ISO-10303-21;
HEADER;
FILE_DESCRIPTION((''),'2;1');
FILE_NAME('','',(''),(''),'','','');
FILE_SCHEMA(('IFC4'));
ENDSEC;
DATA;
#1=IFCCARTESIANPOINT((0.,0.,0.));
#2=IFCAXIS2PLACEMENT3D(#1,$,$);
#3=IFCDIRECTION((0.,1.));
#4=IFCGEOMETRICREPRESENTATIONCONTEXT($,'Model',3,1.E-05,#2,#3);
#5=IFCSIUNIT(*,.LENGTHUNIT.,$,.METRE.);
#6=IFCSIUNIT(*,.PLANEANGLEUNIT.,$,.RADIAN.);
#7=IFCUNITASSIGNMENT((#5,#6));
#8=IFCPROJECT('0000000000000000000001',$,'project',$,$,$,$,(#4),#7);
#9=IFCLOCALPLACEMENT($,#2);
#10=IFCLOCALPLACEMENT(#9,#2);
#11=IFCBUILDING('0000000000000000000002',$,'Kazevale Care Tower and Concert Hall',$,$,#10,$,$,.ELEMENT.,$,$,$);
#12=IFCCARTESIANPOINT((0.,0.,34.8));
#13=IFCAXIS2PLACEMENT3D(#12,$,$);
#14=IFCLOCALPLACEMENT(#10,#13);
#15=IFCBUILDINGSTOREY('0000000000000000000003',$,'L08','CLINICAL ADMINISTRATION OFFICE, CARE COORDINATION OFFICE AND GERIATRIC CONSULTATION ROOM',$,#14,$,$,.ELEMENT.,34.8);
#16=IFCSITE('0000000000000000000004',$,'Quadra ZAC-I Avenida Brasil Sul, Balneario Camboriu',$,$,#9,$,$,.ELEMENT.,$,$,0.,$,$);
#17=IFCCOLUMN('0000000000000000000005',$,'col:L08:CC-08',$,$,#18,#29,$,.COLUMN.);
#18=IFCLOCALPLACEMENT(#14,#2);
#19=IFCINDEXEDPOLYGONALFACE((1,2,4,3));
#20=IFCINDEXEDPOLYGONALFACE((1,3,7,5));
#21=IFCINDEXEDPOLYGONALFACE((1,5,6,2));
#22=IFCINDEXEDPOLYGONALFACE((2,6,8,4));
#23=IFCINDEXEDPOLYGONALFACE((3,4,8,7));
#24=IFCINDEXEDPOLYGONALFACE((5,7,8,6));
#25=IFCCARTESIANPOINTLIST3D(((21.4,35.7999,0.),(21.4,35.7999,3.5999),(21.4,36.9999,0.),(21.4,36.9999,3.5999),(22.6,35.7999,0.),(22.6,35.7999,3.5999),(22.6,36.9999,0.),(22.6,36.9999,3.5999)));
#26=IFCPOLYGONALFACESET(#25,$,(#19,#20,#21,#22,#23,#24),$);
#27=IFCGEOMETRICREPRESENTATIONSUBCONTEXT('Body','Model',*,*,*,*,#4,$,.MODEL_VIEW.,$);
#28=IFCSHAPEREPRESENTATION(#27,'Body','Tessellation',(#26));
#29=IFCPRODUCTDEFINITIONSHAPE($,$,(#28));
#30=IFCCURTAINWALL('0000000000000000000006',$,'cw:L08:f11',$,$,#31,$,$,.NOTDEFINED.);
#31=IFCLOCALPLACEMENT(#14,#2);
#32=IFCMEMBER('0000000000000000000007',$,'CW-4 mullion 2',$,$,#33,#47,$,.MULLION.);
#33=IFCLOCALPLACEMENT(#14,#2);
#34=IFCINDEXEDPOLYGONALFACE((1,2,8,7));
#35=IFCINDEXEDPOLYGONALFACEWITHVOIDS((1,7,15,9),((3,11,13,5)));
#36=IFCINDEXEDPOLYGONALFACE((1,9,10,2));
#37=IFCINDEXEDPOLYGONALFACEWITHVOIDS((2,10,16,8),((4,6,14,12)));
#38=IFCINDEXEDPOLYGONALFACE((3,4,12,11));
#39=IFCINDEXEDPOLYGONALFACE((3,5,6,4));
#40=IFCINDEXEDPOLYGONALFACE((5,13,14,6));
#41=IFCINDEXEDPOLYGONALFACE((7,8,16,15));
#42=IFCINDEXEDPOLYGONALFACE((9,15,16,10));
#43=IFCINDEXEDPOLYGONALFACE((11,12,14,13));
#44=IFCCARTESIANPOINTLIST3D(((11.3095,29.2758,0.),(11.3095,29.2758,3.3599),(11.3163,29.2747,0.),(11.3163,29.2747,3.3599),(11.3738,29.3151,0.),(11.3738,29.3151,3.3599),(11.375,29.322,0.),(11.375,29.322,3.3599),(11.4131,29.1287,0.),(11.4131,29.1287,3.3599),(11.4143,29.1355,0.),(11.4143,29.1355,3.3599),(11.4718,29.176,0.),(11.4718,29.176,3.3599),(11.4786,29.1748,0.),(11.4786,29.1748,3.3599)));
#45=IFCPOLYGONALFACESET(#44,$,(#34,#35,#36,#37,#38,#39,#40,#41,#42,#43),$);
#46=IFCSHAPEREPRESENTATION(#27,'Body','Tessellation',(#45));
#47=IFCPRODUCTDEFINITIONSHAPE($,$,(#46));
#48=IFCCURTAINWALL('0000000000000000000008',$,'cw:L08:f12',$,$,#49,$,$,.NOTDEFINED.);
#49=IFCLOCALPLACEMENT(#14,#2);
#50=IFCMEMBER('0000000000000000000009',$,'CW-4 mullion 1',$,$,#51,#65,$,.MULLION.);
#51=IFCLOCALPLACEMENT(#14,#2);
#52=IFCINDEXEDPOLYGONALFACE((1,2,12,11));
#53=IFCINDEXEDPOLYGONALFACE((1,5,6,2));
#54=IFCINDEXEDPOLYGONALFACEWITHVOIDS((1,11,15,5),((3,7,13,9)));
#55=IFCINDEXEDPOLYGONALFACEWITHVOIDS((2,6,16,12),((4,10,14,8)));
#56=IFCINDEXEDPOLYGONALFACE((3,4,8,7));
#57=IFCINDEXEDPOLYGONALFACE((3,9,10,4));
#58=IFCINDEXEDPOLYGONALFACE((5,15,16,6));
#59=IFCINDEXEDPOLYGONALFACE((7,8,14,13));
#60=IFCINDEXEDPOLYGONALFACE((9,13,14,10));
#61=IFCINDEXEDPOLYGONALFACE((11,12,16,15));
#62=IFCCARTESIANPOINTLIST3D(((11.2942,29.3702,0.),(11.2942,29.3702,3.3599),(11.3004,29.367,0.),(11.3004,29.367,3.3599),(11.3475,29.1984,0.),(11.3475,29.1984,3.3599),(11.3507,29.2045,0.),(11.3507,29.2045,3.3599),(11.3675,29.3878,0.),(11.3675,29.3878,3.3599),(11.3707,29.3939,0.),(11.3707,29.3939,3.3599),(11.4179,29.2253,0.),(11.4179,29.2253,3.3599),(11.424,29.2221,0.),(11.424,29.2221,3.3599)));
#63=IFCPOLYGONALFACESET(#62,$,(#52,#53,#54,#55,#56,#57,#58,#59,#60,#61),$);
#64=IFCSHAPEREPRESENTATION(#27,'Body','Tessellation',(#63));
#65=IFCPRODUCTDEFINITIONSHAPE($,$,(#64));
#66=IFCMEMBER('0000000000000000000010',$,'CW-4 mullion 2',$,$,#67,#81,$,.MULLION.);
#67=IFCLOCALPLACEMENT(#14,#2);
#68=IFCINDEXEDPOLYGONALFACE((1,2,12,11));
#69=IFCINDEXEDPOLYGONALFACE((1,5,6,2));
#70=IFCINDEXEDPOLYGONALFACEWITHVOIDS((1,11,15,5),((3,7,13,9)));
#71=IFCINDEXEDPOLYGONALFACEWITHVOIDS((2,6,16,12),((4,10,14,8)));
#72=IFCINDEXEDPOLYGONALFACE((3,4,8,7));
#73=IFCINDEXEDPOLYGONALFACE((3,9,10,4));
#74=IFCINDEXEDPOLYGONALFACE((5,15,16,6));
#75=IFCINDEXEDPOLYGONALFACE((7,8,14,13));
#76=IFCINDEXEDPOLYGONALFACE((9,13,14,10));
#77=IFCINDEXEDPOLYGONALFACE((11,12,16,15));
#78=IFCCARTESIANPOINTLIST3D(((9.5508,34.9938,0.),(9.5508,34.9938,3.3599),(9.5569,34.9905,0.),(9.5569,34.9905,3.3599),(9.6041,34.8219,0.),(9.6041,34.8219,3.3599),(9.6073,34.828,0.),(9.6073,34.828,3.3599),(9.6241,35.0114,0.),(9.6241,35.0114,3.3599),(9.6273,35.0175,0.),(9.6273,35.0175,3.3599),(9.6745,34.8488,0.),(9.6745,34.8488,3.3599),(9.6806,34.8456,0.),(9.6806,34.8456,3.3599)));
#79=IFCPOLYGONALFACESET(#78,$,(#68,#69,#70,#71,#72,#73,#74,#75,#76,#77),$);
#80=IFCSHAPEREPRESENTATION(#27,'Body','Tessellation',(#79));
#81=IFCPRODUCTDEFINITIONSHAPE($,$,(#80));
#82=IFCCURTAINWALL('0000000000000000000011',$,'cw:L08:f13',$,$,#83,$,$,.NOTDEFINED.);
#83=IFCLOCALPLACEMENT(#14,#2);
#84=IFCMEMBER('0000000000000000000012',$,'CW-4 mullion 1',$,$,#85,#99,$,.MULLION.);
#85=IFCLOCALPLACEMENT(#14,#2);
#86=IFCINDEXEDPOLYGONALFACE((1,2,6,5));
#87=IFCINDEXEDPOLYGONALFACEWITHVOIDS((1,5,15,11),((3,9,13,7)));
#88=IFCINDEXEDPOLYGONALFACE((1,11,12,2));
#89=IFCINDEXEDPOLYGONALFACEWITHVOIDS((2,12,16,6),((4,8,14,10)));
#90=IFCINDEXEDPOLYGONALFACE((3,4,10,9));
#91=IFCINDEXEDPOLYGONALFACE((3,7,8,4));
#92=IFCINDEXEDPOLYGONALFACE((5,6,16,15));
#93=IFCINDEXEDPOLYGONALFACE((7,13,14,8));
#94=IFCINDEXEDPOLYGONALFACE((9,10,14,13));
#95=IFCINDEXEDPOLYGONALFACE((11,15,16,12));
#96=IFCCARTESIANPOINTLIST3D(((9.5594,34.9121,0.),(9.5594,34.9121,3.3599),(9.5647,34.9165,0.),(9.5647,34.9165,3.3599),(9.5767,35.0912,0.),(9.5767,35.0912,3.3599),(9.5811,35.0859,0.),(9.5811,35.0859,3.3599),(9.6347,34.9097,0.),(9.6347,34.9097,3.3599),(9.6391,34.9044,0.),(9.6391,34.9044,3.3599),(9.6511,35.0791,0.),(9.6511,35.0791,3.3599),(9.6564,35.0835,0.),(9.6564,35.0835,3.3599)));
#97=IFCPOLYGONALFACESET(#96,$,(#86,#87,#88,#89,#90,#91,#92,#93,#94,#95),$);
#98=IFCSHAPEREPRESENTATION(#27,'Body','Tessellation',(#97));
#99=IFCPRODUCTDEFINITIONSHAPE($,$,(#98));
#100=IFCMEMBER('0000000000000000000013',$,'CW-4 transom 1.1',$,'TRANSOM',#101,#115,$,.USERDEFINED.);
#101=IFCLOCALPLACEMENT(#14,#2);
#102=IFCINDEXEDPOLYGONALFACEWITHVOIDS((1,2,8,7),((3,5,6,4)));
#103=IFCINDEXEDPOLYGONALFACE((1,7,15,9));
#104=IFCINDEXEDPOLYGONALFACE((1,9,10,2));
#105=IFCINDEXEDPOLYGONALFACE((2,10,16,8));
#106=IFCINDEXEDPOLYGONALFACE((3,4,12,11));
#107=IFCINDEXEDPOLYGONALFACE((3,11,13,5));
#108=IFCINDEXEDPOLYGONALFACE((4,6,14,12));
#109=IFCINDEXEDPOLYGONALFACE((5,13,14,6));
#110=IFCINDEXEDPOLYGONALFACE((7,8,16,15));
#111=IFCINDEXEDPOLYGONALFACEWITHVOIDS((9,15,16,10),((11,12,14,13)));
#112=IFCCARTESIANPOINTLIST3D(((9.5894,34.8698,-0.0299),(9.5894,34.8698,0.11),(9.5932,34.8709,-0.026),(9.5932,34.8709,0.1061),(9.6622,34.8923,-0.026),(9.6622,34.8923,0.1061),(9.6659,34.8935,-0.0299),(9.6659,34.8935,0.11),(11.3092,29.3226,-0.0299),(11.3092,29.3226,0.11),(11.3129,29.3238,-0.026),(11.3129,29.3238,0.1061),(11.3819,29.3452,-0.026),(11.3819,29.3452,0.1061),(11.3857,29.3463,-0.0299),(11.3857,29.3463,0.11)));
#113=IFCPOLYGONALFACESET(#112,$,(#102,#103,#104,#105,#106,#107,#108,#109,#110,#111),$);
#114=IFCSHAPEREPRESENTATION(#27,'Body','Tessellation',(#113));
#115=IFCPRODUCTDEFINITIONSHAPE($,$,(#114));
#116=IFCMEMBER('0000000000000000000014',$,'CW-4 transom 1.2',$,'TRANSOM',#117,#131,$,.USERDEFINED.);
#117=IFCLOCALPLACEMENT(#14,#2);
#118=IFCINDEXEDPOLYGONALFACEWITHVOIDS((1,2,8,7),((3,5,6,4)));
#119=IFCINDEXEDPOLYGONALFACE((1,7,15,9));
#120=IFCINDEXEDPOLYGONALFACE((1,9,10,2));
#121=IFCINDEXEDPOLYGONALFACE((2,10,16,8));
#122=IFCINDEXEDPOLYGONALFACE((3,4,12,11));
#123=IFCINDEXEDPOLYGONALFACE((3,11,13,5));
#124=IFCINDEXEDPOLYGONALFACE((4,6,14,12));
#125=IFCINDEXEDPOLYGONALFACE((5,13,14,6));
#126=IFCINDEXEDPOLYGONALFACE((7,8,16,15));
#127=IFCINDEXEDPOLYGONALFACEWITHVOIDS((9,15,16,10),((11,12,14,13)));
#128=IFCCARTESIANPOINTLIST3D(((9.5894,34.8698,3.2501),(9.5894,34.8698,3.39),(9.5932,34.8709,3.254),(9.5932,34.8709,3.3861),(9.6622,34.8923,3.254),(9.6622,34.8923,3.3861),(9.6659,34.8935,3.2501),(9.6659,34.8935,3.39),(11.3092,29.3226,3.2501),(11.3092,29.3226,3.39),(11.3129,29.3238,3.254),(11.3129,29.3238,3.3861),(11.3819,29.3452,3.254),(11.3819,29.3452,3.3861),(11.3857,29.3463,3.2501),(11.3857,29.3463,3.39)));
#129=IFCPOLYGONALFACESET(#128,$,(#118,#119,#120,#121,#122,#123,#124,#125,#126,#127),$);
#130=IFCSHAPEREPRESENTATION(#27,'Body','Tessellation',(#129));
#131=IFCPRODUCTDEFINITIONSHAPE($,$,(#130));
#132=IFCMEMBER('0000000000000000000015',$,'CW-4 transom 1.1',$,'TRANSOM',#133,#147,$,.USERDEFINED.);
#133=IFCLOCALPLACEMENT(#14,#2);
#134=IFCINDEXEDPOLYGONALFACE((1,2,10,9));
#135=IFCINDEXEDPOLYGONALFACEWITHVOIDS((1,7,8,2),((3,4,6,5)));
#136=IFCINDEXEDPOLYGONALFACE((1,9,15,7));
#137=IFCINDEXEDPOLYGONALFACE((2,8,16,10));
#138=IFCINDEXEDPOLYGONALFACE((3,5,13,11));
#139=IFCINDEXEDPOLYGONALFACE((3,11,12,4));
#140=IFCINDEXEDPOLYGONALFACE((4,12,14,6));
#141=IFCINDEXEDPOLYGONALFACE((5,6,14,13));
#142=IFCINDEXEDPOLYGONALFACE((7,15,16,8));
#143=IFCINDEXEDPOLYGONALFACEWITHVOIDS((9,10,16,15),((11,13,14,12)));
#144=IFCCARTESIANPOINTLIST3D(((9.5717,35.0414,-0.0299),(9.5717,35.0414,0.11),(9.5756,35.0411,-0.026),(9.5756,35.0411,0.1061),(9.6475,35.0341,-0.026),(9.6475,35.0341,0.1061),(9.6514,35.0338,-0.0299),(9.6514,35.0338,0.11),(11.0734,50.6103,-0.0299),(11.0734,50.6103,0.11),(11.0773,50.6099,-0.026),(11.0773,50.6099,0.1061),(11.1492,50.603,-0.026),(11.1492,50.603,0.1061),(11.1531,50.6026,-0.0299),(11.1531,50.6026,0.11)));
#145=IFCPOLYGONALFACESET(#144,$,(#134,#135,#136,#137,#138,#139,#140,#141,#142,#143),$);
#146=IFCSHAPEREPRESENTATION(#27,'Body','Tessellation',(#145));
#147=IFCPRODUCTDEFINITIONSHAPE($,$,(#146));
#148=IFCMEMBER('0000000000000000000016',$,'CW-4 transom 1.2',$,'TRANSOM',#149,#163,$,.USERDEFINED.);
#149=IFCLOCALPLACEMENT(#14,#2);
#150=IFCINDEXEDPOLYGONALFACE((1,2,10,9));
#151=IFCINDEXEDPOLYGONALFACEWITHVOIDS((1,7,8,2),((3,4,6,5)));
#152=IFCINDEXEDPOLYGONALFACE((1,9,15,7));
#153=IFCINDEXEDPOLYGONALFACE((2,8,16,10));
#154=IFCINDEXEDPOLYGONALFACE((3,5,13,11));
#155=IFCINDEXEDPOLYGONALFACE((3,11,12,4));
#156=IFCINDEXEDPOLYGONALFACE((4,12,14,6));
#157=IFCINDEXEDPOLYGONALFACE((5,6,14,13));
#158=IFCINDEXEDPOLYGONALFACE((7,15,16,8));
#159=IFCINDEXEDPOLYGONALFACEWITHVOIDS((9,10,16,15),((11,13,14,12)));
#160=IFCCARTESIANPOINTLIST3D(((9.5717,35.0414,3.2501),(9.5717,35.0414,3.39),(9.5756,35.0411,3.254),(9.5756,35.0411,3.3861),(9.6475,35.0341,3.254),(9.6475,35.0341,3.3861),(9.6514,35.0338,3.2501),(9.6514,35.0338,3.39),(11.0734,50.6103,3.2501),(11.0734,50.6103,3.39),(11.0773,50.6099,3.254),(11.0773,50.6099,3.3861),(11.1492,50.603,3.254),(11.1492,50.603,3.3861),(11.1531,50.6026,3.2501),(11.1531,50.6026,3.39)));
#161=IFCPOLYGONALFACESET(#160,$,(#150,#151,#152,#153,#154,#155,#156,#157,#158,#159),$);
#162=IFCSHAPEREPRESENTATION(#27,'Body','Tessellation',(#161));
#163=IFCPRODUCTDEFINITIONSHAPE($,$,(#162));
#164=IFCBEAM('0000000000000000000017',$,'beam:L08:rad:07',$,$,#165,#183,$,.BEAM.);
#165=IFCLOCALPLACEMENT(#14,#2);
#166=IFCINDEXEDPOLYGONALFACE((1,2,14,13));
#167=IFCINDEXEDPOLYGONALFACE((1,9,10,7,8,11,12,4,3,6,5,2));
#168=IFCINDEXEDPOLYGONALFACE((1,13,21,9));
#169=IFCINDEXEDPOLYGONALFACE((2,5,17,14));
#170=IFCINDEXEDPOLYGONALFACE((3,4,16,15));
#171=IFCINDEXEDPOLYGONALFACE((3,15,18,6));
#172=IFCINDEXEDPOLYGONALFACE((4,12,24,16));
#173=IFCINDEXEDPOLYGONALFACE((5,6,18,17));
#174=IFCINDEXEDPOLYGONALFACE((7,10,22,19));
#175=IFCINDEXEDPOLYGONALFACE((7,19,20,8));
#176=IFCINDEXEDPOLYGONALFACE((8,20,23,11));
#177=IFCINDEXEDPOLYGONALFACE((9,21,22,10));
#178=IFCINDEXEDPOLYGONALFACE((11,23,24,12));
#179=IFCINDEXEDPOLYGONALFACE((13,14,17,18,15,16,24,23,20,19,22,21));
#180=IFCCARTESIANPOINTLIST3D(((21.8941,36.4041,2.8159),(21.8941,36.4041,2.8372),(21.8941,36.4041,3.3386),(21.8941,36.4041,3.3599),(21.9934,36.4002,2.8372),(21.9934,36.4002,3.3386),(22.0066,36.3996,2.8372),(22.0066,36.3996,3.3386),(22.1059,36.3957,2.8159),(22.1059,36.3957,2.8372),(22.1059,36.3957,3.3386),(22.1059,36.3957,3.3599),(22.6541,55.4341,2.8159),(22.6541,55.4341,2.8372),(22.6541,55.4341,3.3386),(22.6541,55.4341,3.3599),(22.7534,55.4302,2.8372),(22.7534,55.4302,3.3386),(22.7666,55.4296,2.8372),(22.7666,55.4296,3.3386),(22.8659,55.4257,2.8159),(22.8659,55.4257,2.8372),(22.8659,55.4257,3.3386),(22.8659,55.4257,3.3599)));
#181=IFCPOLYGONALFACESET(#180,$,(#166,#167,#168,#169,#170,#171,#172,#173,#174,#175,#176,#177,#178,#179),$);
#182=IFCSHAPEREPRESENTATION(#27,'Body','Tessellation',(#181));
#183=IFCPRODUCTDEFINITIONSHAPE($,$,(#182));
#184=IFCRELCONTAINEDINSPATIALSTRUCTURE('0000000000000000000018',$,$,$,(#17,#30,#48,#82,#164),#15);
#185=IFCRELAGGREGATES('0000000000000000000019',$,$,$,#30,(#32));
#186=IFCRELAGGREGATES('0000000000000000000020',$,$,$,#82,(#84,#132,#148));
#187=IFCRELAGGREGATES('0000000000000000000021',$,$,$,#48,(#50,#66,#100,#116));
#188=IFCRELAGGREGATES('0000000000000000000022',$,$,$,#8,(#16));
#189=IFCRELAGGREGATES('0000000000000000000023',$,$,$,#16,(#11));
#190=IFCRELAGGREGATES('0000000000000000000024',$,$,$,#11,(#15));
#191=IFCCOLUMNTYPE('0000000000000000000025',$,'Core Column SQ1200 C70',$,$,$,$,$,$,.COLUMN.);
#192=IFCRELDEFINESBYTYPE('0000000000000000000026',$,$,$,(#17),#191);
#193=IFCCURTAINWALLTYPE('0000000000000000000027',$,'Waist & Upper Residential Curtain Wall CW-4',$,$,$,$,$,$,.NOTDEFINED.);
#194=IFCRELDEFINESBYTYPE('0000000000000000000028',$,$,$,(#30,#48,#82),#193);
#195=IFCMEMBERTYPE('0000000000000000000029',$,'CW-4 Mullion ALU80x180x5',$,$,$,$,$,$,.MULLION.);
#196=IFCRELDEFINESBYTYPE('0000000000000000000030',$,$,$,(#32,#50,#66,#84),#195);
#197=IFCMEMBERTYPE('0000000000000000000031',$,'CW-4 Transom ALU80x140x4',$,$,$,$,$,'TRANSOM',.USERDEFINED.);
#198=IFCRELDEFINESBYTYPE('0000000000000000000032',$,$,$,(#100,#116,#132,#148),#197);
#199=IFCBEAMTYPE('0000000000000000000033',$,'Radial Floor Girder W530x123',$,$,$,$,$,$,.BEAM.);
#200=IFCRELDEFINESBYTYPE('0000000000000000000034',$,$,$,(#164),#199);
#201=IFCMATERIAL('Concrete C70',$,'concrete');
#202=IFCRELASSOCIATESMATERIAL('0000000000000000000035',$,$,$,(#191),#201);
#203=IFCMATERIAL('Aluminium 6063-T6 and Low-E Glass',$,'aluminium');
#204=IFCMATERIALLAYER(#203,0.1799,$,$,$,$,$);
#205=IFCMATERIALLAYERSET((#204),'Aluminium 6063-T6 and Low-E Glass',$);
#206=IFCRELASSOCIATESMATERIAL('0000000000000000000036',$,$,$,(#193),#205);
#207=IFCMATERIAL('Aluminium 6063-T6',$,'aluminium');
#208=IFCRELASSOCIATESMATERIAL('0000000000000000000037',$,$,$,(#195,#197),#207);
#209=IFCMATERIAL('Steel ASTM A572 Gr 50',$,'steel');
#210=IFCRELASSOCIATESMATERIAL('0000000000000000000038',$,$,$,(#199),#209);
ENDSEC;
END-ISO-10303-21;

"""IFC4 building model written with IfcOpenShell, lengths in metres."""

from ifc_helpers import new_model, si_unit, direction, frame, origin, origin_2d, place, context, subcontext, project, spatial, rectangle, hollow_rectangle, i_section, extrude, material, layer, layer_set, material_profile, profile_set, type_object, element, aggregate, save


model = new_model("IFC4")

# Units and contexts
model_context = context("Model", 3, precision=1e-05, world=origin(), true_north=direction((0.0, 1.0)))
body_context = subcontext(model_context, "Body", "Model", "MODEL_VIEW")
ifc_project = project(units=[si_unit("LENGTHUNIT", "METRE"), si_unit("PLANEANGLEUNIT", "RADIAN")], contexts=[model_context])

# Site, building, storey
site_placement = place(None, origin())
site = spatial("IfcSite", under=ifc_project, at=site_placement, Name="Quadra ZAC-I Avenida Brasil Sul, Balneario Camboriu", CompositionType="ELEMENT", RefElevation=0.0)
building_placement = place(site_placement, origin())
building = spatial("IfcBuilding", under=site, at=building_placement, Name="Kazevale Care Tower and Concert Hall", CompositionType="ELEMENT")
storey_placement = place(building_placement, frame((0.0, 0.0, 34.8)))
storey = spatial("IfcBuildingStorey", under=building, at=storey_placement, Name="L08", Description="CLINICAL ADMINISTRATION OFFICE, CARE COORDINATION OFFICE AND GERIATRIC CONSULTATION ROOM", CompositionType="ELEMENT", Elevation=34.8)

# Column
ifc_material_1 = material(Name="Concrete C70", Category="concrete")
ifc_material_profile_1 = material_profile(ifc_material_1, rectangle(XDim=1.2, YDim=1.2, at=origin_2d()), Name="RC-SQ1200")
ifc_profile_set_1 = profile_set([ifc_material_profile_1], Name="Concrete C70")
column_type = type_object("IfcColumnType", Name="Core Column SQ1200 C70", PredefinedType="COLUMN", material=ifc_profile_set_1)
column_placement = place(storey_placement, frame((22.0, 36.3999, 0.0), z_axis=(0.0, 0.0, 1.0), x_axis=(1.0, 0.0, 0.0)))
element("IfcColumn", 1, at=column_placement, inside=storey, type_object=column_type, Name="col:L08:CC-08", PredefinedType="COLUMN", context=body_context, shape_type="SweptSolid", body=[
    extrude(rectangle(XDim=1.2, YDim=1.2, at=origin_2d()), origin(), (0.0, 0.0, 1.0), 3.5999),
])

# Curtain wall, member
ifc_material_2 = material(Name="Aluminium 6063-T6 and Low-E Glass", Category="aluminium")
ifc_layer_1 = layer(ifc_material_2, 0.1799)
ifc_layer_set_1 = layer_set([ifc_layer_1], Name="Aluminium 6063-T6 and Low-E Glass")
curtain_wall_type = type_object("IfcCurtainWallType", Name="Waist & Upper Residential Curtain Wall CW-4", PredefinedType="NOTDEFINED", material=ifc_layer_set_1)
curtain_wall_1_placement = place(storey_placement, origin())
curtain_wall_1 = element("IfcCurtainWall", 2, at=curtain_wall_1_placement, inside=storey, type_object=curtain_wall_type, Name="cw:L08:f11", PredefinedType="NOTDEFINED")
ifc_material_3 = material(Name="Aluminium 6063-T6", Category="aluminium")
ifc_material_profile_2 = material_profile(ifc_material_3, hollow_rectangle(XDim=0.0801, YDim=0.1799, WallThickness=0.0049, at=origin_2d()), Name="ALU80x180x5")
ifc_profile_set_2 = profile_set([ifc_material_profile_2], Name="Aluminium 6063-T6")
member_type_1 = type_object("IfcMemberType", Name="CW-4 Mullion ALU80x180x5", PredefinedType="MULLION", material=ifc_profile_set_2)
member_1_placement = place(storey_placement, frame((11.394, 29.2253, 0.0), z_axis=(0.0, 0.0, 1.0), x_axis=(-0.817565, -0.575837, 0.0)))
member_1 = element("IfcMember", 3, at=member_1_placement, type_object=member_type_1, Name="CW-4 mullion 2", PredefinedType="MULLION", context=body_context, shape_type="SweptSolid", body=[
    extrude(hollow_rectangle(XDim=0.0801, YDim=0.1799, WallThickness=0.0049, at=origin_2d()), origin(), (0.0, 0.0, 1.0), 3.3599),
])
aggregate(curtain_wall_1, [member_1])

# Curtain wall, members
curtain_wall_2_placement = place(storey_placement, origin())
curtain_wall_2 = element("IfcCurtainWall", 4, at=curtain_wall_2_placement, inside=storey, type_object=curtain_wall_type, Name="cw:L08:f12", PredefinedType="NOTDEFINED")
member_2_placement = place(storey_placement, frame((11.3591, 29.2961, 0.0), z_axis=(0.0, 0.0, 1.0), x_axis=(-0.955157, -0.296099, 0.0)))
member_2 = element("IfcMember", 5, at=member_2_placement, type_object=member_type_1, Name="CW-4 mullion 1", PredefinedType="MULLION", context=body_context, shape_type="SweptSolid", body=[
    extrude(hollow_rectangle(XDim=0.0801, YDim=0.1799, WallThickness=0.0049, at=origin_2d()), origin(), (0.0, 0.0, 1.0), 3.3599),
])
member_3_placement = place(storey_placement, frame((9.6157, 34.9197, 0.0), z_axis=(0.0, 0.0, 1.0), x_axis=(-0.955157, -0.296099, 0.0)))
member_3 = element("IfcMember", 6, at=member_3_placement, type_object=member_type_1, Name="CW-4 mullion 2", PredefinedType="MULLION", context=body_context, shape_type="SweptSolid", body=[
    extrude(hollow_rectangle(XDim=0.0801, YDim=0.1799, WallThickness=0.0049, at=origin_2d()), origin(), (0.0, 0.0, 1.0), 3.3599),
])

# Curtain wall, member
curtain_wall_3_placement = place(storey_placement, origin())
curtain_wall_3 = element("IfcCurtainWall", 7, at=curtain_wall_3_placement, inside=storey, type_object=curtain_wall_type, Name="cw:L08:f13", PredefinedType="NOTDEFINED")
member_4_placement = place(storey_placement, frame((9.6079, 34.9978, 0.0), z_axis=(0.0, 0.0, 1.0), x_axis=(-0.995381, 0.096007, 0.0)))
member_4 = element("IfcMember", 8, at=member_4_placement, type_object=member_type_1, Name="CW-4 mullion 1", PredefinedType="MULLION", context=body_context, shape_type="SweptSolid", body=[
    extrude(hollow_rectangle(XDim=0.0801, YDim=0.1799, WallThickness=0.0049, at=origin_2d()), origin(), (0.0, 0.0, 1.0), 3.3599),
])

# Members
ifc_material_profile_3 = material_profile(ifc_material_3, hollow_rectangle(XDim=0.0801, YDim=0.1399, WallThickness=0.0039, at=origin_2d()), Name="ALU80x140x4")
ifc_profile_set_3 = profile_set([ifc_material_profile_3], Name="Aluminium 6063-T6")
member_type_2 = type_object("IfcMemberType", Name="CW-4 Transom ALU80x140x4", ElementType="TRANSOM", PredefinedType="USERDEFINED", material=ifc_profile_set_3)
member_5_placement = place(storey_placement, frame((11.3474, 29.3345, 0.04), z_axis=(-0.296118, 0.955152, 0.0), x_axis=(-0.955152, -0.296118, 0.0)))
member_5 = element("IfcMember", 9, at=member_5_placement, type_object=member_type_2, Name="CW-4 transom 1.1", ObjectType="TRANSOM", PredefinedType="USERDEFINED", context=body_context, shape_type="SweptSolid", body=[
    extrude(hollow_rectangle(XDim=0.0801, YDim=0.1399, WallThickness=0.0039, at=origin_2d()), origin(), (0.0, 0.0, 1.0), 5.8076),
])
member_6_placement = place(storey_placement, frame((11.3474, 29.3345, 3.3201), z_axis=(-0.296118, 0.955152, 0.0), x_axis=(-0.955152, -0.296118, 0.0)))
member_6 = element("IfcMember", 10, at=member_6_placement, type_object=member_type_2, Name="CW-4 transom 1.2", ObjectType="TRANSOM", PredefinedType="USERDEFINED", context=body_context, shape_type="SweptSolid", body=[
    extrude(hollow_rectangle(XDim=0.0801, YDim=0.1399, WallThickness=0.0039, at=origin_2d()), origin(), (0.0, 0.0, 1.0), 5.8076),
])
member_7_placement = place(storey_placement, frame((9.6116, 35.0376, 0.04), z_axis=(0.09601, 0.99538, 0.0), x_axis=(-0.99538, 0.09601, 0.0)))
member_7 = element("IfcMember", 11, at=member_7_placement, type_object=member_type_2, Name="CW-4 transom 1.1", ObjectType="TRANSOM", PredefinedType="USERDEFINED", context=body_context, shape_type="SweptSolid", body=[
    extrude(hollow_rectangle(XDim=0.0801, YDim=0.1399, WallThickness=0.0039, at=origin_2d()), origin(), (0.0, 0.0, 1.0), 15.6411),
])
member_8_placement = place(storey_placement, frame((9.6116, 35.0376, 3.3201), z_axis=(0.09601, 0.99538, 0.0), x_axis=(-0.99538, 0.09601, 0.0)))
member_8 = element("IfcMember", 12, at=member_8_placement, type_object=member_type_2, Name="CW-4 transom 1.2", ObjectType="TRANSOM", PredefinedType="USERDEFINED", context=body_context, shape_type="SweptSolid", body=[
    extrude(hollow_rectangle(XDim=0.0801, YDim=0.1399, WallThickness=0.0039, at=origin_2d()), origin(), (0.0, 0.0, 1.0), 15.6411),
])
aggregate(curtain_wall_3, [member_4, member_7, member_8])

# Beam
ifc_material_4 = material(Name="Steel ASTM A572 Gr 50", Category="steel")
ifc_material_profile_4 = material_profile(ifc_material_4, i_section(OverallWidth=0.2119, OverallDepth=0.5439, WebThickness=0.0132, FlangeThickness=0.0212, at=origin_2d()), Name="W530x123")
ifc_profile_set_4 = profile_set([ifc_material_profile_4], Name="Steel ASTM A572 Gr 50")
beam_type = type_object("IfcBeamType", Name="Radial Floor Girder W530x123", PredefinedType="BEAM", material=ifc_profile_set_4)
beam_1_placement = place(storey_placement, frame((22.0, 36.3999, 3.0879), z_axis=(0.039906, 0.999203, 0.0), x_axis=(-0.999203, 0.039906, 0.0)))
element("IfcBeam", 13, at=beam_1_placement, inside=storey, type_object=beam_type, Name="beam:L08:rad:07", PredefinedType="BEAM", context=body_context, shape_type="SweptSolid", body=[
    extrude(i_section(OverallWidth=0.2119, OverallDepth=0.5439, WebThickness=0.0132, FlangeThickness=0.0212, at=origin_2d()), origin(), (0.0, 0.0, 1.0), 19.0452),
])

aggregate(curtain_wall_2, [member_2, member_3, member_5, member_6])

save(model, "model.ifc")
